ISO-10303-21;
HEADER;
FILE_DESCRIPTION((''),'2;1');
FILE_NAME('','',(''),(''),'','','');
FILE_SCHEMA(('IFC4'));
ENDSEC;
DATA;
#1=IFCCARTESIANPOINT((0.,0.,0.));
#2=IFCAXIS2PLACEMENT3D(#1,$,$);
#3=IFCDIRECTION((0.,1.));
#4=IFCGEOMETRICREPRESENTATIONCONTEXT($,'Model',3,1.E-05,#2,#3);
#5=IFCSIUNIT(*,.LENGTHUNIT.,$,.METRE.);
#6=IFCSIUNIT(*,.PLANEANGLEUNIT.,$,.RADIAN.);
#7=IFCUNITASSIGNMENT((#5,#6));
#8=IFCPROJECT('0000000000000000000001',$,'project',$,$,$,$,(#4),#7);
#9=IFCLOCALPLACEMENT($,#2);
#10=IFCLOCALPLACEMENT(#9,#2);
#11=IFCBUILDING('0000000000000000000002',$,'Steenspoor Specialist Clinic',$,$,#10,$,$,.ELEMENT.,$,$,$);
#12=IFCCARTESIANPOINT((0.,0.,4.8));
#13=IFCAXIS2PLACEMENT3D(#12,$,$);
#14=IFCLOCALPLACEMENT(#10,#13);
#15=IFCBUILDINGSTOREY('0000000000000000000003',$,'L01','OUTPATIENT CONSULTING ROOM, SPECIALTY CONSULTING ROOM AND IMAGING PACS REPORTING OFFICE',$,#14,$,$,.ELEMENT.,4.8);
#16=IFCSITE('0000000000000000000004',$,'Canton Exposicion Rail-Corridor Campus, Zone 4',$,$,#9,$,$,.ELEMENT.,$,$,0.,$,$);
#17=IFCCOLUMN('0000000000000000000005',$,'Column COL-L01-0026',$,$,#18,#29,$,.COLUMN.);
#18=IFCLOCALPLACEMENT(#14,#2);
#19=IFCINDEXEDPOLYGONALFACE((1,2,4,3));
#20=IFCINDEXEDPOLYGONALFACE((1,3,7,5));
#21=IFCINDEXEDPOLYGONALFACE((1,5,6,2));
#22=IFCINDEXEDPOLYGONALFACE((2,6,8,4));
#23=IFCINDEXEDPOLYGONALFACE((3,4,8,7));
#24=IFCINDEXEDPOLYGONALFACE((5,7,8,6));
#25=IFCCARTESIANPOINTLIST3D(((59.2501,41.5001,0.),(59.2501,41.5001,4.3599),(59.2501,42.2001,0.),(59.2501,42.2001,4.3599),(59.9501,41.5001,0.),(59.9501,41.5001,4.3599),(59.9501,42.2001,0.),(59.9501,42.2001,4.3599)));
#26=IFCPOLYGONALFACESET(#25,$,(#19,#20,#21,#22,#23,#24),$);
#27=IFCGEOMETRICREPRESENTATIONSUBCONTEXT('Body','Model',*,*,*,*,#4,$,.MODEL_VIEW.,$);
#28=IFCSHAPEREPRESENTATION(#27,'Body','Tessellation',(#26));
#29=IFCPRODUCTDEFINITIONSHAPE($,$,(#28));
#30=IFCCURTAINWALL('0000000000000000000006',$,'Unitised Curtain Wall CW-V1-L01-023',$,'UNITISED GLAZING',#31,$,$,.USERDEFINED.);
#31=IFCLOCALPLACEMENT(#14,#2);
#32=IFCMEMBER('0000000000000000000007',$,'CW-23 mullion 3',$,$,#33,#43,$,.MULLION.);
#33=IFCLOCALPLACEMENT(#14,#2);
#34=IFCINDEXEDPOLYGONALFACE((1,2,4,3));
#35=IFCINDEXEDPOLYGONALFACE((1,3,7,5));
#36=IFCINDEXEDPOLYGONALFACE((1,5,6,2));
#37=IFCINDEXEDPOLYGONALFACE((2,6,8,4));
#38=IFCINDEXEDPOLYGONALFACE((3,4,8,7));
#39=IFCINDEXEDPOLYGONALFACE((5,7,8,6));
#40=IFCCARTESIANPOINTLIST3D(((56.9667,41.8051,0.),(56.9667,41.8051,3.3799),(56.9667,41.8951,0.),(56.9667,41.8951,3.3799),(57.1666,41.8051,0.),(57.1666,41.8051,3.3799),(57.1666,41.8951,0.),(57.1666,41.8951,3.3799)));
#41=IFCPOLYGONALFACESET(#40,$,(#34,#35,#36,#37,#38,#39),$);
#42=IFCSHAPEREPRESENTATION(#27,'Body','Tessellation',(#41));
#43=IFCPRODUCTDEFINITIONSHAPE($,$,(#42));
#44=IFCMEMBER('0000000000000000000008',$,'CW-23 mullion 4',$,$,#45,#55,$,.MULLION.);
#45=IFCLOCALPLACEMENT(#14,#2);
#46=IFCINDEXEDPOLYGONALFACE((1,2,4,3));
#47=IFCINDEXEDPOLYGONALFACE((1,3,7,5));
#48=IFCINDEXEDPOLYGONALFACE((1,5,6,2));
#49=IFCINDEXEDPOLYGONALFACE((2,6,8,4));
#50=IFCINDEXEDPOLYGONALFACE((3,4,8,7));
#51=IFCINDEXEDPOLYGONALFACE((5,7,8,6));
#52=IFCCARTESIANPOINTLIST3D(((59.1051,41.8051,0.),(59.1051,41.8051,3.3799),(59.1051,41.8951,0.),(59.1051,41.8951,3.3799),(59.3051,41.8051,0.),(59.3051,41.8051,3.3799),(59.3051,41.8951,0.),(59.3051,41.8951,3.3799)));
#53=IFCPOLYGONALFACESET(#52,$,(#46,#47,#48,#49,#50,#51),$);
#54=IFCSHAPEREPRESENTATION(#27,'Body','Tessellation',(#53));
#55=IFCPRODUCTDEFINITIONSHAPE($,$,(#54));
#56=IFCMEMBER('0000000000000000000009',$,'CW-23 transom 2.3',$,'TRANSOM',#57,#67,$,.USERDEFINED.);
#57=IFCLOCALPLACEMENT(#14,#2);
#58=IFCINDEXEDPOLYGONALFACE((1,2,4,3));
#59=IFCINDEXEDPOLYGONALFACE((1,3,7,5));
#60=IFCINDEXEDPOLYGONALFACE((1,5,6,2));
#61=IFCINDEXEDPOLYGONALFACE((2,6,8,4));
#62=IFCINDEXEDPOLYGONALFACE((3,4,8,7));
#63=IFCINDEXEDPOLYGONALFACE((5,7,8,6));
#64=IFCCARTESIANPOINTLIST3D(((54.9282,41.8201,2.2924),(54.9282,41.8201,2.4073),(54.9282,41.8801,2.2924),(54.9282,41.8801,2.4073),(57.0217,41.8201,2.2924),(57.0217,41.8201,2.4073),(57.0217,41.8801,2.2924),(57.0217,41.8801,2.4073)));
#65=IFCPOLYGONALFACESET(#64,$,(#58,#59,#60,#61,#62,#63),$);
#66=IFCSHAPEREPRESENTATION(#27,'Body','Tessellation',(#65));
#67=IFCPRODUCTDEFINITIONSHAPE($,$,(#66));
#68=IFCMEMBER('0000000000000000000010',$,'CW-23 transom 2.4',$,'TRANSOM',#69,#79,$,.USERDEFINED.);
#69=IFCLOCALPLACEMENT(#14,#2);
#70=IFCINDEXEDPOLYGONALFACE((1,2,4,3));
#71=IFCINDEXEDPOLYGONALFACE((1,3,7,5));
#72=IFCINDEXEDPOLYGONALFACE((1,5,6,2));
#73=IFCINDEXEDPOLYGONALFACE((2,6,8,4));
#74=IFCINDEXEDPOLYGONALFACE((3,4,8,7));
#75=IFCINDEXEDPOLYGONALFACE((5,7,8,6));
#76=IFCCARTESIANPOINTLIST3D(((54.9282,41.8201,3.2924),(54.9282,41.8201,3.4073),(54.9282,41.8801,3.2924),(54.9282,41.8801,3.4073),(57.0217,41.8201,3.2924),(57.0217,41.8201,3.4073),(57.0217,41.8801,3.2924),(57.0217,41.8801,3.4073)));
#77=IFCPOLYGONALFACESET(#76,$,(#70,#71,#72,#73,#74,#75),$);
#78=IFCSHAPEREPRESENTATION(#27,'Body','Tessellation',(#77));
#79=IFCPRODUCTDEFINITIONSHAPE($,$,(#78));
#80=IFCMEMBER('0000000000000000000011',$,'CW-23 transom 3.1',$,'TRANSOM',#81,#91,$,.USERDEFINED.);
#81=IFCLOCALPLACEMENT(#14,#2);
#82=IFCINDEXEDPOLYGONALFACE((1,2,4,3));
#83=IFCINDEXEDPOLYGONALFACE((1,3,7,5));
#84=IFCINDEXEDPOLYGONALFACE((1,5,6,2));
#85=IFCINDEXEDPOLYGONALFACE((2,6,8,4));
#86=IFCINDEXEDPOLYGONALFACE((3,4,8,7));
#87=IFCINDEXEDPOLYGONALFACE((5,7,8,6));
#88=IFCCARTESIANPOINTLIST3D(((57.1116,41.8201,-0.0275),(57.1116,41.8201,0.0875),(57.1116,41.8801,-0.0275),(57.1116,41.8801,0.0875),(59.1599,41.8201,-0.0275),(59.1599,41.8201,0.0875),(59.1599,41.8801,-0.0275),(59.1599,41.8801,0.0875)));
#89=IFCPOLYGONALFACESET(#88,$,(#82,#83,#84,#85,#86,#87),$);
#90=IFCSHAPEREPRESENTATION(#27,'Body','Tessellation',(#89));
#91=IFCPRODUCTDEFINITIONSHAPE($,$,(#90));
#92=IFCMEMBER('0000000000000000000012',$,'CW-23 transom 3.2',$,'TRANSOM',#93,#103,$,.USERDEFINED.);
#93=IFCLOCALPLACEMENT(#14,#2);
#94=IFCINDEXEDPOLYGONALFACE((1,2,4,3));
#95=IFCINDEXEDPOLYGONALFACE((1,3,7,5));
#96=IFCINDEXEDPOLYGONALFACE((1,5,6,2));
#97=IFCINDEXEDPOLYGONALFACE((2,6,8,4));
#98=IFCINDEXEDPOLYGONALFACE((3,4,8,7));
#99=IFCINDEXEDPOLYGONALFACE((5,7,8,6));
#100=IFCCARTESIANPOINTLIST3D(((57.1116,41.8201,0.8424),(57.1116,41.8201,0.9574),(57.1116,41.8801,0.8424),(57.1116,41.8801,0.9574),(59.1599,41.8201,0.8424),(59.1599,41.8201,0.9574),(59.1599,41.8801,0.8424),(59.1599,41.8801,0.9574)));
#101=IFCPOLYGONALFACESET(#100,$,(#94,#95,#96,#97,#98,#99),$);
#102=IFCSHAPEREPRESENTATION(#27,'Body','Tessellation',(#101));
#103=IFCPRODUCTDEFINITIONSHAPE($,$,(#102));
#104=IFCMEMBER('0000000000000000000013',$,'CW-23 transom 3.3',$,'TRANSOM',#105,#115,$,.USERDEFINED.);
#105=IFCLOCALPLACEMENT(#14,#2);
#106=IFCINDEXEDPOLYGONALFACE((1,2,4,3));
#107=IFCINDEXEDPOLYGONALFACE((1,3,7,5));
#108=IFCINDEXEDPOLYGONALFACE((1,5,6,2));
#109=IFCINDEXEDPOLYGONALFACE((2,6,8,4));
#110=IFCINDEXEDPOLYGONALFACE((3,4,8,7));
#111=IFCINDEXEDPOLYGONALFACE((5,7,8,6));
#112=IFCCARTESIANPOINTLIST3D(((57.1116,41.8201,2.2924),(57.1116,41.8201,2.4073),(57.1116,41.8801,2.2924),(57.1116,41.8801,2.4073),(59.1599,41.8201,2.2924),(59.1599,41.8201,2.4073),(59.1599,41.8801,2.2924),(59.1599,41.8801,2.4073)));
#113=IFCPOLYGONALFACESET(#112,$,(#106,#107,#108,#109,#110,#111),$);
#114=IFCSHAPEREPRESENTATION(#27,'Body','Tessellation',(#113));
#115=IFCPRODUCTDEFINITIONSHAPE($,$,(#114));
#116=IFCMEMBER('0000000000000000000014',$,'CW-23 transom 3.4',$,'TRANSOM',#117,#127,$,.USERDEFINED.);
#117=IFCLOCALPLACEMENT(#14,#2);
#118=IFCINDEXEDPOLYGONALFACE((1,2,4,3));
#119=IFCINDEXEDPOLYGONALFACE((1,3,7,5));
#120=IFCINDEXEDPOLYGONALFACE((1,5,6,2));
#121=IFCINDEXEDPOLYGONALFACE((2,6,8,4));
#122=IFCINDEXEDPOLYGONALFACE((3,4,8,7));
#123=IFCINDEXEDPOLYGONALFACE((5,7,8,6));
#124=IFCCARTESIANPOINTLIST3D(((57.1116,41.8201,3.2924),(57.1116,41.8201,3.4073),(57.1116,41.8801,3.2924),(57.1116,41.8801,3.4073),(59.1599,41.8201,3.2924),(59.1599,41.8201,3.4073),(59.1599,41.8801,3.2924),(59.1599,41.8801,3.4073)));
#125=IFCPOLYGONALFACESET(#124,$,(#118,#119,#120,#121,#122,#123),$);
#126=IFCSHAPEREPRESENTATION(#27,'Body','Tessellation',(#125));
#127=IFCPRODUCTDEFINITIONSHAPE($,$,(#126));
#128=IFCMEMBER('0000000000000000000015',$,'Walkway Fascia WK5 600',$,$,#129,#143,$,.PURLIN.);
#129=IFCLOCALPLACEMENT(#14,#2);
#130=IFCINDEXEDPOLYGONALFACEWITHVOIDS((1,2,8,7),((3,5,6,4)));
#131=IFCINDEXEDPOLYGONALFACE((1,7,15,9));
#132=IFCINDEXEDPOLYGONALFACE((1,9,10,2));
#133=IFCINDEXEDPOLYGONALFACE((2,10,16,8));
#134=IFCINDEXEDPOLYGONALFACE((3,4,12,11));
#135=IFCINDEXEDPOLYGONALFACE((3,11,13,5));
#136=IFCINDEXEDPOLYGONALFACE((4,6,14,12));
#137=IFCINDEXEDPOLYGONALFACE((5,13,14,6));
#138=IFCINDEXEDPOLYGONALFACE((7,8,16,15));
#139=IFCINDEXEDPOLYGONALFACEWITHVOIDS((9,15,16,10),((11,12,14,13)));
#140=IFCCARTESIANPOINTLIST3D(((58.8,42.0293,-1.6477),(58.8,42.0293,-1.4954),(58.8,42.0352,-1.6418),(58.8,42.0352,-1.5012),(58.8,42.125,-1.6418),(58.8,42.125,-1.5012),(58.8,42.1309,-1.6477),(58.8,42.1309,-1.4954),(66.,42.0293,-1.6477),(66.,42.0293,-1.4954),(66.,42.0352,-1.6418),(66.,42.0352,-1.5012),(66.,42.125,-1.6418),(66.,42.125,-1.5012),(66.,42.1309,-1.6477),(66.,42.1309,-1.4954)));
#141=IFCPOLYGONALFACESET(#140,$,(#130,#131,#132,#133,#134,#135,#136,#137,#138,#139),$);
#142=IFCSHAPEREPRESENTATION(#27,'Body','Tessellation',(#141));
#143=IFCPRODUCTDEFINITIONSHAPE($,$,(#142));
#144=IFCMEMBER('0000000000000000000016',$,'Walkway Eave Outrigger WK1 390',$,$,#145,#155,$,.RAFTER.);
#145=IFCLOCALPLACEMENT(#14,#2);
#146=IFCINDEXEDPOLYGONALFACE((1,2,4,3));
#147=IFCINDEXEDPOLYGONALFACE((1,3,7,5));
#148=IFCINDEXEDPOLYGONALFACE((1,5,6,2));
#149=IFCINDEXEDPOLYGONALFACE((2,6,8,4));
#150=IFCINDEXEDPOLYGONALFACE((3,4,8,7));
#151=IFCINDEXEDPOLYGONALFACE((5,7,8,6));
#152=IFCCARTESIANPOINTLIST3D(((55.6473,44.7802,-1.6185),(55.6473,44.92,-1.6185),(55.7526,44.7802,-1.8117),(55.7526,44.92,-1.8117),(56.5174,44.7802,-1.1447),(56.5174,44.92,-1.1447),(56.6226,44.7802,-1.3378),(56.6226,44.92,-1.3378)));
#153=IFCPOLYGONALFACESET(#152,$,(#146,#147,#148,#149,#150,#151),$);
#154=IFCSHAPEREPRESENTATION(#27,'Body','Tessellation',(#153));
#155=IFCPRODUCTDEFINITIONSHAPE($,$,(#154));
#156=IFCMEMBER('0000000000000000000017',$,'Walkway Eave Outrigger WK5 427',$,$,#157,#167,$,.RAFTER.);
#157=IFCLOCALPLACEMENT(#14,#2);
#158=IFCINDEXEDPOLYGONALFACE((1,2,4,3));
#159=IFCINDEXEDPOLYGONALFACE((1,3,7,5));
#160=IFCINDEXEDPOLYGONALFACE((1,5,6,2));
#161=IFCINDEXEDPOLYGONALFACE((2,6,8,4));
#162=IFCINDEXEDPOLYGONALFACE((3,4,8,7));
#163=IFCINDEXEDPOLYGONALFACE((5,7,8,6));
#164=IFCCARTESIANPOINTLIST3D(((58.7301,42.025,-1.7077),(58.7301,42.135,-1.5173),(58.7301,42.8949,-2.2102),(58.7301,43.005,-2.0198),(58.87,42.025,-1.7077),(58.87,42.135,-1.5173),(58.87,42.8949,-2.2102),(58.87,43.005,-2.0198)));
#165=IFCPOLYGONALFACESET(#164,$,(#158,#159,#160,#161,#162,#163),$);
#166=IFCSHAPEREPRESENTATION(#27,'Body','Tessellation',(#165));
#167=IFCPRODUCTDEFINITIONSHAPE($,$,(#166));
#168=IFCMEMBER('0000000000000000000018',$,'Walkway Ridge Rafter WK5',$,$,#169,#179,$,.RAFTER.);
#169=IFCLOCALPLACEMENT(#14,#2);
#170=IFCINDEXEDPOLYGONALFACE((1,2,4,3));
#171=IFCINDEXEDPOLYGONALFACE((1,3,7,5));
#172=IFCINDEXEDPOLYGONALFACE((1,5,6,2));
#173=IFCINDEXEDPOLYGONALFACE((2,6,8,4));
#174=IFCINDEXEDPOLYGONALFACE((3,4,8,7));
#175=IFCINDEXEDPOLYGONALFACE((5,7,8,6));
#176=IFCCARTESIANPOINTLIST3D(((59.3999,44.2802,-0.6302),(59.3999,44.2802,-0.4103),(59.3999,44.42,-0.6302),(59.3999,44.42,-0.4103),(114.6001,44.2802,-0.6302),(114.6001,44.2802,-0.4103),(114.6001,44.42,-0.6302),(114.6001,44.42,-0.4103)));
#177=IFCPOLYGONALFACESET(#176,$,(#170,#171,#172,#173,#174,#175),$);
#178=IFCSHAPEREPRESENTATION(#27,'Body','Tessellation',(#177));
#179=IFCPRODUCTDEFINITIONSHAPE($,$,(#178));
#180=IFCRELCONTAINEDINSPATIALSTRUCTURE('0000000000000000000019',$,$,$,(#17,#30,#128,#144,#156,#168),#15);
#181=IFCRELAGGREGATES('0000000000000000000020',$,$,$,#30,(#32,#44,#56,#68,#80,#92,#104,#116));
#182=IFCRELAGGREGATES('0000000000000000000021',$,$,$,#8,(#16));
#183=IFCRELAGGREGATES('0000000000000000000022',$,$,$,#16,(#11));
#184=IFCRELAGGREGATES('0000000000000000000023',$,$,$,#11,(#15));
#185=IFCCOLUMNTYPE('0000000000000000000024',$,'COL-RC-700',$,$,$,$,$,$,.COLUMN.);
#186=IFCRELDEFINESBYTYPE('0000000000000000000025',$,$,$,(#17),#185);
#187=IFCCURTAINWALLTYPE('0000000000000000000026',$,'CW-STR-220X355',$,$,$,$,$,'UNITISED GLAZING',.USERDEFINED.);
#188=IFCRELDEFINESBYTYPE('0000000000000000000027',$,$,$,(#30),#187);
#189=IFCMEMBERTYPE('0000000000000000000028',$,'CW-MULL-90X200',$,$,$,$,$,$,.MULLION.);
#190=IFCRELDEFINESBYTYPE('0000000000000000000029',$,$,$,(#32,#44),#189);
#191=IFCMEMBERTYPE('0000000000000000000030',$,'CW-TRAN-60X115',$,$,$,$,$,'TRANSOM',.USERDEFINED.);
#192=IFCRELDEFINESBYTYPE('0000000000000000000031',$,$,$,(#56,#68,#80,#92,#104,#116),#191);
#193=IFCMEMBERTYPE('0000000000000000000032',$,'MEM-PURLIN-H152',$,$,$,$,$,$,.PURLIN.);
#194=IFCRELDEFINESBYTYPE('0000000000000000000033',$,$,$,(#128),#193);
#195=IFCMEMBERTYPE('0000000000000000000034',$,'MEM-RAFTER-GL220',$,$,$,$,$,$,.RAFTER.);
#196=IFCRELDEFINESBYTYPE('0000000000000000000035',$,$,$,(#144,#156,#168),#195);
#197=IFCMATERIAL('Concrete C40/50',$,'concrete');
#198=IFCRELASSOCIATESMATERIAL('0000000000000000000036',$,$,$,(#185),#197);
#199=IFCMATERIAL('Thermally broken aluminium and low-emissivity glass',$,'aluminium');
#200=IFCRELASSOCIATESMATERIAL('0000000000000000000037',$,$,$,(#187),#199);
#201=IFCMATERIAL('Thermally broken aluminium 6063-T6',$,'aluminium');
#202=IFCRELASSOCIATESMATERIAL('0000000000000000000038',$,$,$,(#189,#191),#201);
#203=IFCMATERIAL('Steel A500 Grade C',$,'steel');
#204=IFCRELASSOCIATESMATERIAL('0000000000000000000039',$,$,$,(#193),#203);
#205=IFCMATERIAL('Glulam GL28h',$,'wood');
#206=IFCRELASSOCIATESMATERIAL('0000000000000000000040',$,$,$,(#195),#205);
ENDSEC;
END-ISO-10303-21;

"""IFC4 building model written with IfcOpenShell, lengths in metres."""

from ifc_helpers import new_model, si_unit, direction, frame, origin, origin_2d, place, context, subcontext, project, spatial, rectangle, hollow_rectangle, extrude, material, material_profile, profile_set, type_object, element, aggregate, save


model = new_model("IFC4")

# Units and contexts
model_context = context("Model", 3, precision=1e-05, world=origin(), true_north=direction((0.0, 1.0)))
body_context = subcontext(model_context, "Body", "Model", "MODEL_VIEW")
ifc_project = project(units=[si_unit("LENGTHUNIT", "METRE"), si_unit("PLANEANGLEUNIT", "RADIAN")], contexts=[model_context])

# Site, building, storey
site_placement = place(None, origin())
site = spatial("IfcSite", under=ifc_project, at=site_placement, Name="Canton Exposicion Rail-Corridor Campus, Zone 4", CompositionType="ELEMENT", RefElevation=0.0)
building_placement = place(site_placement, origin())
building = spatial("IfcBuilding", under=site, at=building_placement, Name="Steenspoor Specialist Clinic", CompositionType="ELEMENT")
storey_placement = place(building_placement, frame((0.0, 0.0, 4.8)))
storey = spatial("IfcBuildingStorey", under=building, at=storey_placement, Name="L01", Description="OUTPATIENT CONSULTING ROOM, SPECIALTY CONSULTING ROOM AND IMAGING PACS REPORTING OFFICE", CompositionType="ELEMENT", Elevation=4.8)

# Column
ifc_material_1 = material(Name="Concrete C40/50", Category="concrete")
ifc_material_profile_1 = material_profile(ifc_material_1, rectangle(XDim=0.7, YDim=0.7, at=origin_2d()), Name="RC-COL-700X700")
ifc_profile_set_1 = profile_set([ifc_material_profile_1], Name="Concrete C40/50")
column_type = type_object("IfcColumnType", Name="COL-RC-700", PredefinedType="COLUMN", material=ifc_profile_set_1)
column_placement = place(storey_placement, frame((59.6001, 41.8501, 0.0), z_axis=(0.0, 0.0, 1.0), x_axis=(1.0, 0.0, 0.0)))
element("IfcColumn", 1, at=column_placement, inside=storey, type_object=column_type, Name="Column COL-L01-0026", PredefinedType="COLUMN", context=body_context, shape_type="SweptSolid", body=[
    extrude(rectangle(XDim=0.7, YDim=0.7, at=origin_2d()), origin(), (0.0, 0.0, 1.0), 4.3599),
])

# Curtain wall, members
ifc_material_2 = material(Name="Thermally broken aluminium and low-emissivity glass", Category="aluminium")
curtain_wall_type = type_object("IfcCurtainWallType", Name="CW-STR-220X355", ElementType="UNITISED GLAZING", PredefinedType="USERDEFINED", material=ifc_material_2)
curtain_wall_placement = place(storey_placement, origin())
curtain_wall = element("IfcCurtainWall", 2, at=curtain_wall_placement, inside=storey, type_object=curtain_wall_type, Name="Unitised Curtain Wall CW-V1-L01-023", ObjectType="UNITISED GLAZING", PredefinedType="USERDEFINED")
ifc_material_3 = material(Name="Thermally broken aluminium 6063-T6", Category="aluminium")
ifc_material_profile_2 = material_profile(ifc_material_3, rectangle(XDim=0.0901, YDim=0.2, at=origin_2d()), Name="CWM-90X200")
ifc_profile_set_2 = profile_set([ifc_material_profile_2], Name="Thermally broken aluminium 6063-T6")
member_type_1 = type_object("IfcMemberType", Name="CW-MULL-90X200", PredefinedType="MULLION", material=ifc_profile_set_2)
member_1_placement = place(storey_placement, frame((57.0667, 41.8501, 0.0), z_axis=(0.0, 0.0, 1.0), x_axis=(0.0, 1.0, 0.0)))
member_1 = element("IfcMember", 3, at=member_1_placement, type_object=member_type_1, Name="CW-23 mullion 3", PredefinedType="MULLION", context=body_context, shape_type="SweptSolid", body=[
    extrude(rectangle(XDim=0.0901, YDim=0.2, at=origin_2d()), origin(), (0.0, 0.0, 1.0), 3.3799),
])
member_2_placement = place(storey_placement, frame((59.2051, 41.8501, 0.0), z_axis=(0.0, 0.0, 1.0), x_axis=(0.0, 1.0, 0.0)))
member_2 = element("IfcMember", 4, at=member_2_placement, type_object=member_type_1, Name="CW-23 mullion 4", PredefinedType="MULLION", context=body_context, shape_type="SweptSolid", body=[
    extrude(rectangle(XDim=0.0901, YDim=0.2, at=origin_2d()), origin(), (0.0, 0.0, 1.0), 3.3799),
])
ifc_material_profile_3 = material_profile(ifc_material_3, rectangle(XDim=0.0601, YDim=0.115, at=origin_2d()), Name="CWT-60X115")
ifc_profile_set_3 = profile_set([ifc_material_profile_3], Name="Thermally broken aluminium 6063-T6")
member_type_2 = type_object("IfcMemberType", Name="CW-TRAN-60X115", ElementType="TRANSOM", PredefinedType="USERDEFINED", material=ifc_profile_set_3)
member_3_placement = place(storey_placement, frame((54.9282, 41.8501, 2.3499), z_axis=(1.0, 0.0, 0.0), x_axis=(0.0, 1.0, 0.0)))
member_3 = element("IfcMember", 5, at=member_3_placement, type_object=member_type_2, Name="CW-23 transom 2.3", ObjectType="TRANSOM", PredefinedType="USERDEFINED", context=body_context, shape_type="SweptSolid", body=[
    extrude(rectangle(XDim=0.0601, YDim=0.115, at=origin_2d()), origin(), (0.0, 0.0, 1.0), 2.0935),
])
member_4_placement = place(storey_placement, frame((54.9282, 41.8501, 3.3499), z_axis=(1.0, 0.0, 0.0), x_axis=(0.0, 1.0, 0.0)))
member_4 = element("IfcMember", 6, at=member_4_placement, type_object=member_type_2, Name="CW-23 transom 2.4", ObjectType="TRANSOM", PredefinedType="USERDEFINED", context=body_context, shape_type="SweptSolid", body=[
    extrude(rectangle(XDim=0.0601, YDim=0.115, at=origin_2d()), origin(), (0.0, 0.0, 1.0), 2.0935),
])
member_5_placement = place(storey_placement, frame((57.1116, 41.8501, 0.03), z_axis=(1.0, 0.0, 0.0), x_axis=(0.0, 1.0, 0.0)))
member_5 = element("IfcMember", 7, at=member_5_placement, type_object=member_type_2, Name="CW-23 transom 3.1", ObjectType="TRANSOM", PredefinedType="USERDEFINED", context=body_context, shape_type="SweptSolid", body=[
    extrude(rectangle(XDim=0.0601, YDim=0.115, at=origin_2d()), origin(), (0.0, 0.0, 1.0), 2.0483),
])
member_6_placement = place(storey_placement, frame((57.1116, 41.8501, 0.8999), z_axis=(1.0, 0.0, 0.0), x_axis=(0.0, 1.0, 0.0)))
member_6 = element("IfcMember", 8, at=member_6_placement, type_object=member_type_2, Name="CW-23 transom 3.2", ObjectType="TRANSOM", PredefinedType="USERDEFINED", context=body_context, shape_type="SweptSolid", body=[
    extrude(rectangle(XDim=0.0601, YDim=0.115, at=origin_2d()), origin(), (0.0, 0.0, 1.0), 2.0483),
])
member_7_placement = place(storey_placement, frame((57.1116, 41.8501, 2.3499), z_axis=(1.0, 0.0, 0.0), x_axis=(0.0, 1.0, 0.0)))
member_7 = element("IfcMember", 9, at=member_7_placement, type_object=member_type_2, Name="CW-23 transom 3.3", ObjectType="TRANSOM", PredefinedType="USERDEFINED", context=body_context, shape_type="SweptSolid", body=[
    extrude(rectangle(XDim=0.0601, YDim=0.115, at=origin_2d()), origin(), (0.0, 0.0, 1.0), 2.0483),
])
member_8_placement = place(storey_placement, frame((57.1116, 41.8501, 3.3499), z_axis=(1.0, 0.0, 0.0), x_axis=(0.0, 1.0, 0.0)))
member_8 = element("IfcMember", 10, at=member_8_placement, type_object=member_type_2, Name="CW-23 transom 3.4", ObjectType="TRANSOM", PredefinedType="USERDEFINED", context=body_context, shape_type="SweptSolid", body=[
    extrude(rectangle(XDim=0.0601, YDim=0.115, at=origin_2d()), origin(), (0.0, 0.0, 1.0), 2.0483),
])

# Members
ifc_material_4 = material(Name="Steel A500 Grade C", Category="steel")
ifc_material_profile_4 = material_profile(ifc_material_4, hollow_rectangle(XDim=0.1016, YDim=0.1523, WallThickness=0.0059, at=origin_2d()), Name="HSS152X102X6.4")
ifc_profile_set_4 = profile_set([ifc_material_profile_4], Name="Steel A500 Grade C")
member_type_3 = type_object("IfcMemberType", Name="MEM-PURLIN-H152", PredefinedType="PURLIN", material=ifc_profile_set_4)
member_9_placement = place(storey_placement, frame((58.8, 42.0801, -1.5715), z_axis=(1.0, 0.0, 0.0), x_axis=(0.0, 1.0, 0.0)))
element("IfcMember", 11, at=member_9_placement, inside=storey, type_object=member_type_3, Name="Walkway Fascia WK5 600", PredefinedType="PURLIN", context=body_context, shape_type="SweptSolid", body=[
    extrude(hollow_rectangle(XDim=0.1016, YDim=0.1523, WallThickness=0.0059, at=origin_2d()), origin(), (0.0, 0.0, 1.0), 7.2),
])
ifc_material_5 = material(Name="Glulam GL28h", Category="wood")
ifc_material_profile_5 = material_profile(ifc_material_5, rectangle(XDim=0.1399, YDim=0.22, at=origin_2d()), Name="GL28H-140X220")
ifc_profile_set_5 = profile_set([ifc_material_profile_5], Name="Glulam GL28h")
member_type_4 = type_object("IfcMemberType", Name="MEM-RAFTER-GL220", PredefinedType="RAFTER", material=ifc_profile_set_5)
member_10_placement = place(storey_placement, frame((55.7, 44.8501, -1.7151), z_axis=(0.878206, 0.0, 0.478282), x_axis=(0.0, 1.0, 0.0)))
element("IfcMember", 12, at=member_10_placement, inside=storey, type_object=member_type_4, Name="Walkway Eave Outrigger WK1 390", PredefinedType="RAFTER", context=body_context, shape_type="SweptSolid", body=[
    extrude(rectangle(XDim=0.1399, YDim=0.22, at=origin_2d()), origin(), (0.0, 0.0, 1.0), 0.9907),
])
member_11_placement = place(storey_placement, frame((58.8, 42.95, -2.115), z_axis=(0.0, -0.865931, 0.500164), x_axis=(1.0, 0.0, 0.0)))
element("IfcMember", 13, at=member_11_placement, inside=storey, type_object=member_type_4, Name="Walkway Eave Outrigger WK5 427", PredefinedType="RAFTER", context=body_context, shape_type="SweptSolid", body=[
    extrude(rectangle(XDim=0.1399, YDim=0.22, at=origin_2d()), origin(), (0.0, 0.0, 1.0), 1.0046),
])
member_12_placement = place(storey_placement, frame((59.3999, 44.3501, -0.5203), z_axis=(1.0, 0.0, 0.0), x_axis=(0.0, 1.0, 0.0)))
element("IfcMember", 14, at=member_12_placement, inside=storey, type_object=member_type_4, Name="Walkway Ridge Rafter WK5", PredefinedType="RAFTER", context=body_context, shape_type="SweptSolid", body=[
    extrude(rectangle(XDim=0.1399, YDim=0.22, at=origin_2d()), origin(), (0.0, 0.0, 1.0), 55.2002),
])

aggregate(curtain_wall, [member_1, member_2, member_3, member_4, member_5, member_6, member_7, member_8])

save(model, "model.ifc")
